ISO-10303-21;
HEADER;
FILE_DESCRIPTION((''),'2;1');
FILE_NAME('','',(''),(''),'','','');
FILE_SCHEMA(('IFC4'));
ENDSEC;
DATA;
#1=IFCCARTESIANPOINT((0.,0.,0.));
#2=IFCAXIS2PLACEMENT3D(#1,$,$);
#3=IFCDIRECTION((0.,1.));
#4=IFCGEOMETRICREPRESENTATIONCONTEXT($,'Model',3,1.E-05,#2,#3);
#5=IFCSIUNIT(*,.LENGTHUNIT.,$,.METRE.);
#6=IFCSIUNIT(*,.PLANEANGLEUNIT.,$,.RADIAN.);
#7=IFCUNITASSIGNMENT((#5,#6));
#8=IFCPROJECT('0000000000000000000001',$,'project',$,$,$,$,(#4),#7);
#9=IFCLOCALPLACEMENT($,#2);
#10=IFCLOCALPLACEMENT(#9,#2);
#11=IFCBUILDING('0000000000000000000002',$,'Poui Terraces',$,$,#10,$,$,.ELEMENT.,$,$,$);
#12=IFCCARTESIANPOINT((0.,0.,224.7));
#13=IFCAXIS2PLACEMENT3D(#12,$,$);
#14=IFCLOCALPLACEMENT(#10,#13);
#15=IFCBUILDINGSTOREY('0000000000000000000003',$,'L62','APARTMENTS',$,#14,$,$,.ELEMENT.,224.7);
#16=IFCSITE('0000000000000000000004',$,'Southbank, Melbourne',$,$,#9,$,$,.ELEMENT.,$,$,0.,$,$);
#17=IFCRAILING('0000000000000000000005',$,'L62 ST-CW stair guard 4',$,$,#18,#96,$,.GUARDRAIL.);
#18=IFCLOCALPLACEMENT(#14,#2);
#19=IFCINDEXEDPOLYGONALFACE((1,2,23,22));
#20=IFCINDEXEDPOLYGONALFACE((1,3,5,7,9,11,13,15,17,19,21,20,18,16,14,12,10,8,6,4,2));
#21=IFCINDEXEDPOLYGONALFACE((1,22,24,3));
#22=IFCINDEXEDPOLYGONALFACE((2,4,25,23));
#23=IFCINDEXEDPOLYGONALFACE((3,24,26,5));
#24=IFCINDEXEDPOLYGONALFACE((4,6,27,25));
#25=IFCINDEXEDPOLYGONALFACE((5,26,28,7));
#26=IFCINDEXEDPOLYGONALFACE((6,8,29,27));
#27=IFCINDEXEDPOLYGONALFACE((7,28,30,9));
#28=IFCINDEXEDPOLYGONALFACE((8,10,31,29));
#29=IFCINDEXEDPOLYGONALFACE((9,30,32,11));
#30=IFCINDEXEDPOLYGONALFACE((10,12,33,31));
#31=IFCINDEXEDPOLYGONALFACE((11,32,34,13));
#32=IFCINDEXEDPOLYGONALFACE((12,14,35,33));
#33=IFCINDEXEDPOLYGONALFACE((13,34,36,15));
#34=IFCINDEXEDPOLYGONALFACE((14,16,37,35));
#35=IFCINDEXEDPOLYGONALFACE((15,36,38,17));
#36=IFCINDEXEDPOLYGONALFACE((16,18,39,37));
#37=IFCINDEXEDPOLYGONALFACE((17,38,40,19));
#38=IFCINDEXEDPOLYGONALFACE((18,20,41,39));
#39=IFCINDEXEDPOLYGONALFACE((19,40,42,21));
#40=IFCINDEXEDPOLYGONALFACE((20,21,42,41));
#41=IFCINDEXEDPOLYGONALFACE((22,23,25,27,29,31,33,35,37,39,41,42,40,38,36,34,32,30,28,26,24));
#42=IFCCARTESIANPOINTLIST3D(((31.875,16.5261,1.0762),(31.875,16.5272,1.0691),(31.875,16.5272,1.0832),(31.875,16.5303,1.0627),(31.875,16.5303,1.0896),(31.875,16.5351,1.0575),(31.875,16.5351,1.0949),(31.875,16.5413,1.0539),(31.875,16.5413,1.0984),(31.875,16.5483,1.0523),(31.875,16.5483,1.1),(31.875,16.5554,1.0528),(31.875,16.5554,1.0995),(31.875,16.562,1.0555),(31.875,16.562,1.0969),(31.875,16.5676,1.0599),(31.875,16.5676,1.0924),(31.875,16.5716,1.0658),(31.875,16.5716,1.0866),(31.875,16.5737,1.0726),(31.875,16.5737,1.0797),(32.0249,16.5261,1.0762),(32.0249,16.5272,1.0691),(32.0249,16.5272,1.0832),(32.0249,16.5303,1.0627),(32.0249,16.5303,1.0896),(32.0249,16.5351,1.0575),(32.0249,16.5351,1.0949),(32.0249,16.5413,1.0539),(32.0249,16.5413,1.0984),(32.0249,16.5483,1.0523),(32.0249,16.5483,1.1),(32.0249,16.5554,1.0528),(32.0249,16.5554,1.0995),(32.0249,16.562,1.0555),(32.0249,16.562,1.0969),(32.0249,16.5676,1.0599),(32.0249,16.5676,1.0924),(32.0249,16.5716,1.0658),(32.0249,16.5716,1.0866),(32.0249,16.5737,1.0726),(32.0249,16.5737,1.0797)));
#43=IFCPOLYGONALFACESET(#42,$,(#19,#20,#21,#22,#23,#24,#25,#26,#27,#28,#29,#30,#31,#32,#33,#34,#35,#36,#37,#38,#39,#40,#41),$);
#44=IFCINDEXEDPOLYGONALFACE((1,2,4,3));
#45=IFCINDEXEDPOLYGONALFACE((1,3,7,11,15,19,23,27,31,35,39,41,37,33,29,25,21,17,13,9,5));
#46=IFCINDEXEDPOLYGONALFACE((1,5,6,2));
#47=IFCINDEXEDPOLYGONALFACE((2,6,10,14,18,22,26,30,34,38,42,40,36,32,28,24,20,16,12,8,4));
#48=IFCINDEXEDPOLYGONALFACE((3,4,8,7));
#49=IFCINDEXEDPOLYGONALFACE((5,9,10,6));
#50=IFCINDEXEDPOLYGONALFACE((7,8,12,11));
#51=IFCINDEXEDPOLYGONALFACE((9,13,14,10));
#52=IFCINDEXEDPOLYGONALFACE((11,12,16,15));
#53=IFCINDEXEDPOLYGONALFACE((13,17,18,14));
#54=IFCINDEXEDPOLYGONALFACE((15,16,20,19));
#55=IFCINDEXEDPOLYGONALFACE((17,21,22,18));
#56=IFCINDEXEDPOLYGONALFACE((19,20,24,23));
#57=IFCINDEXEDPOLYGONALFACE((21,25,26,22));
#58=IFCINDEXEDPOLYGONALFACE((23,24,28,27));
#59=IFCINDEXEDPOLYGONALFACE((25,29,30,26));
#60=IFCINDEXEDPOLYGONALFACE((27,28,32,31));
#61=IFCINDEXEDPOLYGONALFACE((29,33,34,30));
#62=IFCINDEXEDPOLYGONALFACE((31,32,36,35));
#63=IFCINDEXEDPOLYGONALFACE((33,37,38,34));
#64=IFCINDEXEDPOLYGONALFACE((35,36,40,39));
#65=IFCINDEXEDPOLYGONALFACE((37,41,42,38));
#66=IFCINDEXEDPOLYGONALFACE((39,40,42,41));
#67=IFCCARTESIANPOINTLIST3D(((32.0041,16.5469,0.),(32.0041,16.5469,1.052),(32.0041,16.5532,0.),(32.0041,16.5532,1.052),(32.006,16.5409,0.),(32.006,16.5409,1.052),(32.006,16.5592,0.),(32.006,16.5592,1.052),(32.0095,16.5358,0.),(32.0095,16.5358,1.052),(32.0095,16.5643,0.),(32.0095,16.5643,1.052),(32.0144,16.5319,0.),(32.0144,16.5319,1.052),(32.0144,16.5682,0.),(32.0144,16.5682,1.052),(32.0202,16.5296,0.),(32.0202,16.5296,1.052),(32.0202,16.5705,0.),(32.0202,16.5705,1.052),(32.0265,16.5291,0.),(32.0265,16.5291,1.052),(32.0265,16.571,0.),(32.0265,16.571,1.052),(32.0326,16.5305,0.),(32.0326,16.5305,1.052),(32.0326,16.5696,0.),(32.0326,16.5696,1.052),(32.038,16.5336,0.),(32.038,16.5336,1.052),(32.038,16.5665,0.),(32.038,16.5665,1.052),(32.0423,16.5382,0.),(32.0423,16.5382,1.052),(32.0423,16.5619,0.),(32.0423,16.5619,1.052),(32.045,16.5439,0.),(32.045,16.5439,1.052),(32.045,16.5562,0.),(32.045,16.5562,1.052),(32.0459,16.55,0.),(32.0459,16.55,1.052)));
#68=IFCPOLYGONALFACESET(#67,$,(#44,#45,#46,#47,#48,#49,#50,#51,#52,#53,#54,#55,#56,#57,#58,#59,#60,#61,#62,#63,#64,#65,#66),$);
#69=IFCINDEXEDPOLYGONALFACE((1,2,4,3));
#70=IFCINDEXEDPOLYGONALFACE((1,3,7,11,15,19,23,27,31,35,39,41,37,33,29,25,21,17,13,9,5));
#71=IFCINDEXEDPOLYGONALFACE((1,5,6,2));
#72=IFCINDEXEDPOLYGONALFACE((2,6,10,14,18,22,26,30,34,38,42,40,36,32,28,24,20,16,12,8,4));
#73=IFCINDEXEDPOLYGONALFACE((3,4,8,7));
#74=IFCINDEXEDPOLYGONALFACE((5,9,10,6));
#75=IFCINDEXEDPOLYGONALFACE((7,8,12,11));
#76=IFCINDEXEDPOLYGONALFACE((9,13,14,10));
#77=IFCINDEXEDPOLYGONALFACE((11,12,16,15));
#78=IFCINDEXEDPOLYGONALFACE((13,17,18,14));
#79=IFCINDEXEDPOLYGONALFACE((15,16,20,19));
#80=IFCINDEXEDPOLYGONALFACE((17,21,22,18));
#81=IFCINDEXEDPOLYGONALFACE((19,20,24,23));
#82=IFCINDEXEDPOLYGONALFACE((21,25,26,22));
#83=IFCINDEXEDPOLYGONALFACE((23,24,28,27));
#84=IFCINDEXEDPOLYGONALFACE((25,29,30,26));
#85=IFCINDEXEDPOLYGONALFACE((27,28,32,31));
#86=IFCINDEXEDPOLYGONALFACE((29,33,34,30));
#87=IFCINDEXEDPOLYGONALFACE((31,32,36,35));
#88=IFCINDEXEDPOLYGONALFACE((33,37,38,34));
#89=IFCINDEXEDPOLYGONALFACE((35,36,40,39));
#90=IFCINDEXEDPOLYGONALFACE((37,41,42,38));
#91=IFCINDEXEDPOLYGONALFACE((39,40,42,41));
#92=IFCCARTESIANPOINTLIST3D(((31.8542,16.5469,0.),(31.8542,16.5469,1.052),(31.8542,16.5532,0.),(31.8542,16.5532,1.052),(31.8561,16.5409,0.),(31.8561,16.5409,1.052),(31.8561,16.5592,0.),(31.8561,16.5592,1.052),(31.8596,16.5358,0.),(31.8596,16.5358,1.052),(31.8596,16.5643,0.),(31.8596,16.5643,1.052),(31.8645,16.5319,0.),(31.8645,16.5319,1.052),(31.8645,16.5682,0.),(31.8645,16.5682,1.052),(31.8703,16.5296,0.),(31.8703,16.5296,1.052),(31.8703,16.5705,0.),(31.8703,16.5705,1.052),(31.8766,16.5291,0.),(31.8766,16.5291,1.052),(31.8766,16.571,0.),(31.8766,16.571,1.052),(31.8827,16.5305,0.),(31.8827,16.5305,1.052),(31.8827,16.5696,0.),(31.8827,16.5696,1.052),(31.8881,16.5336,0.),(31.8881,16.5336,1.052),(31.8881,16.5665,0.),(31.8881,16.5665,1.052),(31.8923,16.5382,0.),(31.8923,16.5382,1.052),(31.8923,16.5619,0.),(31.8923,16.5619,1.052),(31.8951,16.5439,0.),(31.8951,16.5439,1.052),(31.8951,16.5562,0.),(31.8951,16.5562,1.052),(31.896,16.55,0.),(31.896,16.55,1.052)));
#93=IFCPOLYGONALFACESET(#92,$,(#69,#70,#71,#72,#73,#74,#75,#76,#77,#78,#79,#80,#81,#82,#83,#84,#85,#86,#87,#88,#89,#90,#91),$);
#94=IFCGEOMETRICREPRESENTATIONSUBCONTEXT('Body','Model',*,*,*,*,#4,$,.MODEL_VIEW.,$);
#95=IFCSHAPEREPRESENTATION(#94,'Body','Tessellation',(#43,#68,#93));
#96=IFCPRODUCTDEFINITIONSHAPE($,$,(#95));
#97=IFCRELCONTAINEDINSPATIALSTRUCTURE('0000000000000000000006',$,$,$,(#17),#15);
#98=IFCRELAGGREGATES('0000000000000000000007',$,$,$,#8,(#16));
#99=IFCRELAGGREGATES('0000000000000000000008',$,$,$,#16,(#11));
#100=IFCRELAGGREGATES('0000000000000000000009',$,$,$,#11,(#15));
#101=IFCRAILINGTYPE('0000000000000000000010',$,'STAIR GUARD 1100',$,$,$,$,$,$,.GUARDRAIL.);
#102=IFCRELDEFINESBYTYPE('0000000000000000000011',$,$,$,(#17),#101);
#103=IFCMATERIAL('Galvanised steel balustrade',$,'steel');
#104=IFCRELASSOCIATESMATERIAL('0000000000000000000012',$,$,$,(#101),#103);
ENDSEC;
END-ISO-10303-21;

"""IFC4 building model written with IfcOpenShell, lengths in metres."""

from ifc_helpers import new_model, si_unit, direction, frame, origin, origin_2d, place, context, subcontext, project, spatial, circle, extrude, material, type_object, element, save


model = new_model("IFC4")

# Units and contexts
model_context = context("Model", 3, precision=1e-05, world=origin(), true_north=direction((0.0, 1.0)))
body_context = subcontext(model_context, "Body", "Model", "MODEL_VIEW")
ifc_project = project(units=[si_unit("LENGTHUNIT", "METRE"), si_unit("PLANEANGLEUNIT", "RADIAN")], contexts=[model_context])

# Site, building, storey
site_placement = place(None, origin())
site = spatial("IfcSite", under=ifc_project, at=site_placement, Name="Southbank, Melbourne", CompositionType="ELEMENT", RefElevation=0.0)
building_placement = place(site_placement, origin())
building = spatial("IfcBuilding", under=site, at=building_placement, Name="Poui Terraces", CompositionType="ELEMENT")
storey_placement = place(building_placement, frame((0.0, 0.0, 224.7)))
storey = spatial("IfcBuildingStorey", under=building, at=storey_placement, Name="L62", Description="APARTMENTS", CompositionType="ELEMENT", Elevation=224.7)

# Railing
ifc_material_1 = material(Name="Galvanised steel balustrade", Category="steel")
railing_type_1 = type_object("IfcRailingType", Name="STAIR GUARD 1100", PredefinedType="GUARDRAIL", material=ifc_material_1)
railing_1_placement = place(storey_placement, frame((32.0249, 16.55, 0.0)))
element("IfcRailing", 1, at=railing_1_placement, inside=storey, type_object=railing_type_1, Name="L62 ST-CW stair guard 4", PredefinedType="GUARDRAIL", context=body_context, shape_type="SweptSolid", body=[
    extrude(circle(Radius=0.0239, at=origin_2d()), frame((0.0, 0.0, 1.0762), z_axis=(-1.0, 0.0, 0.0), x_axis=(0.0, -1.0, 0.0)), (0.0, 0.0, 1.0), 0.1499),
    extrude(circle(Radius=0.021, at=origin_2d()), origin(), (0.0, 0.0, 1.0), 1.052),
    extrude(circle(Radius=0.021, at=origin_2d()), frame((-0.1499, 0.0, 0.0)), (0.0, 0.0, 1.0), 1.052),
])

save(model, "model.ifc")
